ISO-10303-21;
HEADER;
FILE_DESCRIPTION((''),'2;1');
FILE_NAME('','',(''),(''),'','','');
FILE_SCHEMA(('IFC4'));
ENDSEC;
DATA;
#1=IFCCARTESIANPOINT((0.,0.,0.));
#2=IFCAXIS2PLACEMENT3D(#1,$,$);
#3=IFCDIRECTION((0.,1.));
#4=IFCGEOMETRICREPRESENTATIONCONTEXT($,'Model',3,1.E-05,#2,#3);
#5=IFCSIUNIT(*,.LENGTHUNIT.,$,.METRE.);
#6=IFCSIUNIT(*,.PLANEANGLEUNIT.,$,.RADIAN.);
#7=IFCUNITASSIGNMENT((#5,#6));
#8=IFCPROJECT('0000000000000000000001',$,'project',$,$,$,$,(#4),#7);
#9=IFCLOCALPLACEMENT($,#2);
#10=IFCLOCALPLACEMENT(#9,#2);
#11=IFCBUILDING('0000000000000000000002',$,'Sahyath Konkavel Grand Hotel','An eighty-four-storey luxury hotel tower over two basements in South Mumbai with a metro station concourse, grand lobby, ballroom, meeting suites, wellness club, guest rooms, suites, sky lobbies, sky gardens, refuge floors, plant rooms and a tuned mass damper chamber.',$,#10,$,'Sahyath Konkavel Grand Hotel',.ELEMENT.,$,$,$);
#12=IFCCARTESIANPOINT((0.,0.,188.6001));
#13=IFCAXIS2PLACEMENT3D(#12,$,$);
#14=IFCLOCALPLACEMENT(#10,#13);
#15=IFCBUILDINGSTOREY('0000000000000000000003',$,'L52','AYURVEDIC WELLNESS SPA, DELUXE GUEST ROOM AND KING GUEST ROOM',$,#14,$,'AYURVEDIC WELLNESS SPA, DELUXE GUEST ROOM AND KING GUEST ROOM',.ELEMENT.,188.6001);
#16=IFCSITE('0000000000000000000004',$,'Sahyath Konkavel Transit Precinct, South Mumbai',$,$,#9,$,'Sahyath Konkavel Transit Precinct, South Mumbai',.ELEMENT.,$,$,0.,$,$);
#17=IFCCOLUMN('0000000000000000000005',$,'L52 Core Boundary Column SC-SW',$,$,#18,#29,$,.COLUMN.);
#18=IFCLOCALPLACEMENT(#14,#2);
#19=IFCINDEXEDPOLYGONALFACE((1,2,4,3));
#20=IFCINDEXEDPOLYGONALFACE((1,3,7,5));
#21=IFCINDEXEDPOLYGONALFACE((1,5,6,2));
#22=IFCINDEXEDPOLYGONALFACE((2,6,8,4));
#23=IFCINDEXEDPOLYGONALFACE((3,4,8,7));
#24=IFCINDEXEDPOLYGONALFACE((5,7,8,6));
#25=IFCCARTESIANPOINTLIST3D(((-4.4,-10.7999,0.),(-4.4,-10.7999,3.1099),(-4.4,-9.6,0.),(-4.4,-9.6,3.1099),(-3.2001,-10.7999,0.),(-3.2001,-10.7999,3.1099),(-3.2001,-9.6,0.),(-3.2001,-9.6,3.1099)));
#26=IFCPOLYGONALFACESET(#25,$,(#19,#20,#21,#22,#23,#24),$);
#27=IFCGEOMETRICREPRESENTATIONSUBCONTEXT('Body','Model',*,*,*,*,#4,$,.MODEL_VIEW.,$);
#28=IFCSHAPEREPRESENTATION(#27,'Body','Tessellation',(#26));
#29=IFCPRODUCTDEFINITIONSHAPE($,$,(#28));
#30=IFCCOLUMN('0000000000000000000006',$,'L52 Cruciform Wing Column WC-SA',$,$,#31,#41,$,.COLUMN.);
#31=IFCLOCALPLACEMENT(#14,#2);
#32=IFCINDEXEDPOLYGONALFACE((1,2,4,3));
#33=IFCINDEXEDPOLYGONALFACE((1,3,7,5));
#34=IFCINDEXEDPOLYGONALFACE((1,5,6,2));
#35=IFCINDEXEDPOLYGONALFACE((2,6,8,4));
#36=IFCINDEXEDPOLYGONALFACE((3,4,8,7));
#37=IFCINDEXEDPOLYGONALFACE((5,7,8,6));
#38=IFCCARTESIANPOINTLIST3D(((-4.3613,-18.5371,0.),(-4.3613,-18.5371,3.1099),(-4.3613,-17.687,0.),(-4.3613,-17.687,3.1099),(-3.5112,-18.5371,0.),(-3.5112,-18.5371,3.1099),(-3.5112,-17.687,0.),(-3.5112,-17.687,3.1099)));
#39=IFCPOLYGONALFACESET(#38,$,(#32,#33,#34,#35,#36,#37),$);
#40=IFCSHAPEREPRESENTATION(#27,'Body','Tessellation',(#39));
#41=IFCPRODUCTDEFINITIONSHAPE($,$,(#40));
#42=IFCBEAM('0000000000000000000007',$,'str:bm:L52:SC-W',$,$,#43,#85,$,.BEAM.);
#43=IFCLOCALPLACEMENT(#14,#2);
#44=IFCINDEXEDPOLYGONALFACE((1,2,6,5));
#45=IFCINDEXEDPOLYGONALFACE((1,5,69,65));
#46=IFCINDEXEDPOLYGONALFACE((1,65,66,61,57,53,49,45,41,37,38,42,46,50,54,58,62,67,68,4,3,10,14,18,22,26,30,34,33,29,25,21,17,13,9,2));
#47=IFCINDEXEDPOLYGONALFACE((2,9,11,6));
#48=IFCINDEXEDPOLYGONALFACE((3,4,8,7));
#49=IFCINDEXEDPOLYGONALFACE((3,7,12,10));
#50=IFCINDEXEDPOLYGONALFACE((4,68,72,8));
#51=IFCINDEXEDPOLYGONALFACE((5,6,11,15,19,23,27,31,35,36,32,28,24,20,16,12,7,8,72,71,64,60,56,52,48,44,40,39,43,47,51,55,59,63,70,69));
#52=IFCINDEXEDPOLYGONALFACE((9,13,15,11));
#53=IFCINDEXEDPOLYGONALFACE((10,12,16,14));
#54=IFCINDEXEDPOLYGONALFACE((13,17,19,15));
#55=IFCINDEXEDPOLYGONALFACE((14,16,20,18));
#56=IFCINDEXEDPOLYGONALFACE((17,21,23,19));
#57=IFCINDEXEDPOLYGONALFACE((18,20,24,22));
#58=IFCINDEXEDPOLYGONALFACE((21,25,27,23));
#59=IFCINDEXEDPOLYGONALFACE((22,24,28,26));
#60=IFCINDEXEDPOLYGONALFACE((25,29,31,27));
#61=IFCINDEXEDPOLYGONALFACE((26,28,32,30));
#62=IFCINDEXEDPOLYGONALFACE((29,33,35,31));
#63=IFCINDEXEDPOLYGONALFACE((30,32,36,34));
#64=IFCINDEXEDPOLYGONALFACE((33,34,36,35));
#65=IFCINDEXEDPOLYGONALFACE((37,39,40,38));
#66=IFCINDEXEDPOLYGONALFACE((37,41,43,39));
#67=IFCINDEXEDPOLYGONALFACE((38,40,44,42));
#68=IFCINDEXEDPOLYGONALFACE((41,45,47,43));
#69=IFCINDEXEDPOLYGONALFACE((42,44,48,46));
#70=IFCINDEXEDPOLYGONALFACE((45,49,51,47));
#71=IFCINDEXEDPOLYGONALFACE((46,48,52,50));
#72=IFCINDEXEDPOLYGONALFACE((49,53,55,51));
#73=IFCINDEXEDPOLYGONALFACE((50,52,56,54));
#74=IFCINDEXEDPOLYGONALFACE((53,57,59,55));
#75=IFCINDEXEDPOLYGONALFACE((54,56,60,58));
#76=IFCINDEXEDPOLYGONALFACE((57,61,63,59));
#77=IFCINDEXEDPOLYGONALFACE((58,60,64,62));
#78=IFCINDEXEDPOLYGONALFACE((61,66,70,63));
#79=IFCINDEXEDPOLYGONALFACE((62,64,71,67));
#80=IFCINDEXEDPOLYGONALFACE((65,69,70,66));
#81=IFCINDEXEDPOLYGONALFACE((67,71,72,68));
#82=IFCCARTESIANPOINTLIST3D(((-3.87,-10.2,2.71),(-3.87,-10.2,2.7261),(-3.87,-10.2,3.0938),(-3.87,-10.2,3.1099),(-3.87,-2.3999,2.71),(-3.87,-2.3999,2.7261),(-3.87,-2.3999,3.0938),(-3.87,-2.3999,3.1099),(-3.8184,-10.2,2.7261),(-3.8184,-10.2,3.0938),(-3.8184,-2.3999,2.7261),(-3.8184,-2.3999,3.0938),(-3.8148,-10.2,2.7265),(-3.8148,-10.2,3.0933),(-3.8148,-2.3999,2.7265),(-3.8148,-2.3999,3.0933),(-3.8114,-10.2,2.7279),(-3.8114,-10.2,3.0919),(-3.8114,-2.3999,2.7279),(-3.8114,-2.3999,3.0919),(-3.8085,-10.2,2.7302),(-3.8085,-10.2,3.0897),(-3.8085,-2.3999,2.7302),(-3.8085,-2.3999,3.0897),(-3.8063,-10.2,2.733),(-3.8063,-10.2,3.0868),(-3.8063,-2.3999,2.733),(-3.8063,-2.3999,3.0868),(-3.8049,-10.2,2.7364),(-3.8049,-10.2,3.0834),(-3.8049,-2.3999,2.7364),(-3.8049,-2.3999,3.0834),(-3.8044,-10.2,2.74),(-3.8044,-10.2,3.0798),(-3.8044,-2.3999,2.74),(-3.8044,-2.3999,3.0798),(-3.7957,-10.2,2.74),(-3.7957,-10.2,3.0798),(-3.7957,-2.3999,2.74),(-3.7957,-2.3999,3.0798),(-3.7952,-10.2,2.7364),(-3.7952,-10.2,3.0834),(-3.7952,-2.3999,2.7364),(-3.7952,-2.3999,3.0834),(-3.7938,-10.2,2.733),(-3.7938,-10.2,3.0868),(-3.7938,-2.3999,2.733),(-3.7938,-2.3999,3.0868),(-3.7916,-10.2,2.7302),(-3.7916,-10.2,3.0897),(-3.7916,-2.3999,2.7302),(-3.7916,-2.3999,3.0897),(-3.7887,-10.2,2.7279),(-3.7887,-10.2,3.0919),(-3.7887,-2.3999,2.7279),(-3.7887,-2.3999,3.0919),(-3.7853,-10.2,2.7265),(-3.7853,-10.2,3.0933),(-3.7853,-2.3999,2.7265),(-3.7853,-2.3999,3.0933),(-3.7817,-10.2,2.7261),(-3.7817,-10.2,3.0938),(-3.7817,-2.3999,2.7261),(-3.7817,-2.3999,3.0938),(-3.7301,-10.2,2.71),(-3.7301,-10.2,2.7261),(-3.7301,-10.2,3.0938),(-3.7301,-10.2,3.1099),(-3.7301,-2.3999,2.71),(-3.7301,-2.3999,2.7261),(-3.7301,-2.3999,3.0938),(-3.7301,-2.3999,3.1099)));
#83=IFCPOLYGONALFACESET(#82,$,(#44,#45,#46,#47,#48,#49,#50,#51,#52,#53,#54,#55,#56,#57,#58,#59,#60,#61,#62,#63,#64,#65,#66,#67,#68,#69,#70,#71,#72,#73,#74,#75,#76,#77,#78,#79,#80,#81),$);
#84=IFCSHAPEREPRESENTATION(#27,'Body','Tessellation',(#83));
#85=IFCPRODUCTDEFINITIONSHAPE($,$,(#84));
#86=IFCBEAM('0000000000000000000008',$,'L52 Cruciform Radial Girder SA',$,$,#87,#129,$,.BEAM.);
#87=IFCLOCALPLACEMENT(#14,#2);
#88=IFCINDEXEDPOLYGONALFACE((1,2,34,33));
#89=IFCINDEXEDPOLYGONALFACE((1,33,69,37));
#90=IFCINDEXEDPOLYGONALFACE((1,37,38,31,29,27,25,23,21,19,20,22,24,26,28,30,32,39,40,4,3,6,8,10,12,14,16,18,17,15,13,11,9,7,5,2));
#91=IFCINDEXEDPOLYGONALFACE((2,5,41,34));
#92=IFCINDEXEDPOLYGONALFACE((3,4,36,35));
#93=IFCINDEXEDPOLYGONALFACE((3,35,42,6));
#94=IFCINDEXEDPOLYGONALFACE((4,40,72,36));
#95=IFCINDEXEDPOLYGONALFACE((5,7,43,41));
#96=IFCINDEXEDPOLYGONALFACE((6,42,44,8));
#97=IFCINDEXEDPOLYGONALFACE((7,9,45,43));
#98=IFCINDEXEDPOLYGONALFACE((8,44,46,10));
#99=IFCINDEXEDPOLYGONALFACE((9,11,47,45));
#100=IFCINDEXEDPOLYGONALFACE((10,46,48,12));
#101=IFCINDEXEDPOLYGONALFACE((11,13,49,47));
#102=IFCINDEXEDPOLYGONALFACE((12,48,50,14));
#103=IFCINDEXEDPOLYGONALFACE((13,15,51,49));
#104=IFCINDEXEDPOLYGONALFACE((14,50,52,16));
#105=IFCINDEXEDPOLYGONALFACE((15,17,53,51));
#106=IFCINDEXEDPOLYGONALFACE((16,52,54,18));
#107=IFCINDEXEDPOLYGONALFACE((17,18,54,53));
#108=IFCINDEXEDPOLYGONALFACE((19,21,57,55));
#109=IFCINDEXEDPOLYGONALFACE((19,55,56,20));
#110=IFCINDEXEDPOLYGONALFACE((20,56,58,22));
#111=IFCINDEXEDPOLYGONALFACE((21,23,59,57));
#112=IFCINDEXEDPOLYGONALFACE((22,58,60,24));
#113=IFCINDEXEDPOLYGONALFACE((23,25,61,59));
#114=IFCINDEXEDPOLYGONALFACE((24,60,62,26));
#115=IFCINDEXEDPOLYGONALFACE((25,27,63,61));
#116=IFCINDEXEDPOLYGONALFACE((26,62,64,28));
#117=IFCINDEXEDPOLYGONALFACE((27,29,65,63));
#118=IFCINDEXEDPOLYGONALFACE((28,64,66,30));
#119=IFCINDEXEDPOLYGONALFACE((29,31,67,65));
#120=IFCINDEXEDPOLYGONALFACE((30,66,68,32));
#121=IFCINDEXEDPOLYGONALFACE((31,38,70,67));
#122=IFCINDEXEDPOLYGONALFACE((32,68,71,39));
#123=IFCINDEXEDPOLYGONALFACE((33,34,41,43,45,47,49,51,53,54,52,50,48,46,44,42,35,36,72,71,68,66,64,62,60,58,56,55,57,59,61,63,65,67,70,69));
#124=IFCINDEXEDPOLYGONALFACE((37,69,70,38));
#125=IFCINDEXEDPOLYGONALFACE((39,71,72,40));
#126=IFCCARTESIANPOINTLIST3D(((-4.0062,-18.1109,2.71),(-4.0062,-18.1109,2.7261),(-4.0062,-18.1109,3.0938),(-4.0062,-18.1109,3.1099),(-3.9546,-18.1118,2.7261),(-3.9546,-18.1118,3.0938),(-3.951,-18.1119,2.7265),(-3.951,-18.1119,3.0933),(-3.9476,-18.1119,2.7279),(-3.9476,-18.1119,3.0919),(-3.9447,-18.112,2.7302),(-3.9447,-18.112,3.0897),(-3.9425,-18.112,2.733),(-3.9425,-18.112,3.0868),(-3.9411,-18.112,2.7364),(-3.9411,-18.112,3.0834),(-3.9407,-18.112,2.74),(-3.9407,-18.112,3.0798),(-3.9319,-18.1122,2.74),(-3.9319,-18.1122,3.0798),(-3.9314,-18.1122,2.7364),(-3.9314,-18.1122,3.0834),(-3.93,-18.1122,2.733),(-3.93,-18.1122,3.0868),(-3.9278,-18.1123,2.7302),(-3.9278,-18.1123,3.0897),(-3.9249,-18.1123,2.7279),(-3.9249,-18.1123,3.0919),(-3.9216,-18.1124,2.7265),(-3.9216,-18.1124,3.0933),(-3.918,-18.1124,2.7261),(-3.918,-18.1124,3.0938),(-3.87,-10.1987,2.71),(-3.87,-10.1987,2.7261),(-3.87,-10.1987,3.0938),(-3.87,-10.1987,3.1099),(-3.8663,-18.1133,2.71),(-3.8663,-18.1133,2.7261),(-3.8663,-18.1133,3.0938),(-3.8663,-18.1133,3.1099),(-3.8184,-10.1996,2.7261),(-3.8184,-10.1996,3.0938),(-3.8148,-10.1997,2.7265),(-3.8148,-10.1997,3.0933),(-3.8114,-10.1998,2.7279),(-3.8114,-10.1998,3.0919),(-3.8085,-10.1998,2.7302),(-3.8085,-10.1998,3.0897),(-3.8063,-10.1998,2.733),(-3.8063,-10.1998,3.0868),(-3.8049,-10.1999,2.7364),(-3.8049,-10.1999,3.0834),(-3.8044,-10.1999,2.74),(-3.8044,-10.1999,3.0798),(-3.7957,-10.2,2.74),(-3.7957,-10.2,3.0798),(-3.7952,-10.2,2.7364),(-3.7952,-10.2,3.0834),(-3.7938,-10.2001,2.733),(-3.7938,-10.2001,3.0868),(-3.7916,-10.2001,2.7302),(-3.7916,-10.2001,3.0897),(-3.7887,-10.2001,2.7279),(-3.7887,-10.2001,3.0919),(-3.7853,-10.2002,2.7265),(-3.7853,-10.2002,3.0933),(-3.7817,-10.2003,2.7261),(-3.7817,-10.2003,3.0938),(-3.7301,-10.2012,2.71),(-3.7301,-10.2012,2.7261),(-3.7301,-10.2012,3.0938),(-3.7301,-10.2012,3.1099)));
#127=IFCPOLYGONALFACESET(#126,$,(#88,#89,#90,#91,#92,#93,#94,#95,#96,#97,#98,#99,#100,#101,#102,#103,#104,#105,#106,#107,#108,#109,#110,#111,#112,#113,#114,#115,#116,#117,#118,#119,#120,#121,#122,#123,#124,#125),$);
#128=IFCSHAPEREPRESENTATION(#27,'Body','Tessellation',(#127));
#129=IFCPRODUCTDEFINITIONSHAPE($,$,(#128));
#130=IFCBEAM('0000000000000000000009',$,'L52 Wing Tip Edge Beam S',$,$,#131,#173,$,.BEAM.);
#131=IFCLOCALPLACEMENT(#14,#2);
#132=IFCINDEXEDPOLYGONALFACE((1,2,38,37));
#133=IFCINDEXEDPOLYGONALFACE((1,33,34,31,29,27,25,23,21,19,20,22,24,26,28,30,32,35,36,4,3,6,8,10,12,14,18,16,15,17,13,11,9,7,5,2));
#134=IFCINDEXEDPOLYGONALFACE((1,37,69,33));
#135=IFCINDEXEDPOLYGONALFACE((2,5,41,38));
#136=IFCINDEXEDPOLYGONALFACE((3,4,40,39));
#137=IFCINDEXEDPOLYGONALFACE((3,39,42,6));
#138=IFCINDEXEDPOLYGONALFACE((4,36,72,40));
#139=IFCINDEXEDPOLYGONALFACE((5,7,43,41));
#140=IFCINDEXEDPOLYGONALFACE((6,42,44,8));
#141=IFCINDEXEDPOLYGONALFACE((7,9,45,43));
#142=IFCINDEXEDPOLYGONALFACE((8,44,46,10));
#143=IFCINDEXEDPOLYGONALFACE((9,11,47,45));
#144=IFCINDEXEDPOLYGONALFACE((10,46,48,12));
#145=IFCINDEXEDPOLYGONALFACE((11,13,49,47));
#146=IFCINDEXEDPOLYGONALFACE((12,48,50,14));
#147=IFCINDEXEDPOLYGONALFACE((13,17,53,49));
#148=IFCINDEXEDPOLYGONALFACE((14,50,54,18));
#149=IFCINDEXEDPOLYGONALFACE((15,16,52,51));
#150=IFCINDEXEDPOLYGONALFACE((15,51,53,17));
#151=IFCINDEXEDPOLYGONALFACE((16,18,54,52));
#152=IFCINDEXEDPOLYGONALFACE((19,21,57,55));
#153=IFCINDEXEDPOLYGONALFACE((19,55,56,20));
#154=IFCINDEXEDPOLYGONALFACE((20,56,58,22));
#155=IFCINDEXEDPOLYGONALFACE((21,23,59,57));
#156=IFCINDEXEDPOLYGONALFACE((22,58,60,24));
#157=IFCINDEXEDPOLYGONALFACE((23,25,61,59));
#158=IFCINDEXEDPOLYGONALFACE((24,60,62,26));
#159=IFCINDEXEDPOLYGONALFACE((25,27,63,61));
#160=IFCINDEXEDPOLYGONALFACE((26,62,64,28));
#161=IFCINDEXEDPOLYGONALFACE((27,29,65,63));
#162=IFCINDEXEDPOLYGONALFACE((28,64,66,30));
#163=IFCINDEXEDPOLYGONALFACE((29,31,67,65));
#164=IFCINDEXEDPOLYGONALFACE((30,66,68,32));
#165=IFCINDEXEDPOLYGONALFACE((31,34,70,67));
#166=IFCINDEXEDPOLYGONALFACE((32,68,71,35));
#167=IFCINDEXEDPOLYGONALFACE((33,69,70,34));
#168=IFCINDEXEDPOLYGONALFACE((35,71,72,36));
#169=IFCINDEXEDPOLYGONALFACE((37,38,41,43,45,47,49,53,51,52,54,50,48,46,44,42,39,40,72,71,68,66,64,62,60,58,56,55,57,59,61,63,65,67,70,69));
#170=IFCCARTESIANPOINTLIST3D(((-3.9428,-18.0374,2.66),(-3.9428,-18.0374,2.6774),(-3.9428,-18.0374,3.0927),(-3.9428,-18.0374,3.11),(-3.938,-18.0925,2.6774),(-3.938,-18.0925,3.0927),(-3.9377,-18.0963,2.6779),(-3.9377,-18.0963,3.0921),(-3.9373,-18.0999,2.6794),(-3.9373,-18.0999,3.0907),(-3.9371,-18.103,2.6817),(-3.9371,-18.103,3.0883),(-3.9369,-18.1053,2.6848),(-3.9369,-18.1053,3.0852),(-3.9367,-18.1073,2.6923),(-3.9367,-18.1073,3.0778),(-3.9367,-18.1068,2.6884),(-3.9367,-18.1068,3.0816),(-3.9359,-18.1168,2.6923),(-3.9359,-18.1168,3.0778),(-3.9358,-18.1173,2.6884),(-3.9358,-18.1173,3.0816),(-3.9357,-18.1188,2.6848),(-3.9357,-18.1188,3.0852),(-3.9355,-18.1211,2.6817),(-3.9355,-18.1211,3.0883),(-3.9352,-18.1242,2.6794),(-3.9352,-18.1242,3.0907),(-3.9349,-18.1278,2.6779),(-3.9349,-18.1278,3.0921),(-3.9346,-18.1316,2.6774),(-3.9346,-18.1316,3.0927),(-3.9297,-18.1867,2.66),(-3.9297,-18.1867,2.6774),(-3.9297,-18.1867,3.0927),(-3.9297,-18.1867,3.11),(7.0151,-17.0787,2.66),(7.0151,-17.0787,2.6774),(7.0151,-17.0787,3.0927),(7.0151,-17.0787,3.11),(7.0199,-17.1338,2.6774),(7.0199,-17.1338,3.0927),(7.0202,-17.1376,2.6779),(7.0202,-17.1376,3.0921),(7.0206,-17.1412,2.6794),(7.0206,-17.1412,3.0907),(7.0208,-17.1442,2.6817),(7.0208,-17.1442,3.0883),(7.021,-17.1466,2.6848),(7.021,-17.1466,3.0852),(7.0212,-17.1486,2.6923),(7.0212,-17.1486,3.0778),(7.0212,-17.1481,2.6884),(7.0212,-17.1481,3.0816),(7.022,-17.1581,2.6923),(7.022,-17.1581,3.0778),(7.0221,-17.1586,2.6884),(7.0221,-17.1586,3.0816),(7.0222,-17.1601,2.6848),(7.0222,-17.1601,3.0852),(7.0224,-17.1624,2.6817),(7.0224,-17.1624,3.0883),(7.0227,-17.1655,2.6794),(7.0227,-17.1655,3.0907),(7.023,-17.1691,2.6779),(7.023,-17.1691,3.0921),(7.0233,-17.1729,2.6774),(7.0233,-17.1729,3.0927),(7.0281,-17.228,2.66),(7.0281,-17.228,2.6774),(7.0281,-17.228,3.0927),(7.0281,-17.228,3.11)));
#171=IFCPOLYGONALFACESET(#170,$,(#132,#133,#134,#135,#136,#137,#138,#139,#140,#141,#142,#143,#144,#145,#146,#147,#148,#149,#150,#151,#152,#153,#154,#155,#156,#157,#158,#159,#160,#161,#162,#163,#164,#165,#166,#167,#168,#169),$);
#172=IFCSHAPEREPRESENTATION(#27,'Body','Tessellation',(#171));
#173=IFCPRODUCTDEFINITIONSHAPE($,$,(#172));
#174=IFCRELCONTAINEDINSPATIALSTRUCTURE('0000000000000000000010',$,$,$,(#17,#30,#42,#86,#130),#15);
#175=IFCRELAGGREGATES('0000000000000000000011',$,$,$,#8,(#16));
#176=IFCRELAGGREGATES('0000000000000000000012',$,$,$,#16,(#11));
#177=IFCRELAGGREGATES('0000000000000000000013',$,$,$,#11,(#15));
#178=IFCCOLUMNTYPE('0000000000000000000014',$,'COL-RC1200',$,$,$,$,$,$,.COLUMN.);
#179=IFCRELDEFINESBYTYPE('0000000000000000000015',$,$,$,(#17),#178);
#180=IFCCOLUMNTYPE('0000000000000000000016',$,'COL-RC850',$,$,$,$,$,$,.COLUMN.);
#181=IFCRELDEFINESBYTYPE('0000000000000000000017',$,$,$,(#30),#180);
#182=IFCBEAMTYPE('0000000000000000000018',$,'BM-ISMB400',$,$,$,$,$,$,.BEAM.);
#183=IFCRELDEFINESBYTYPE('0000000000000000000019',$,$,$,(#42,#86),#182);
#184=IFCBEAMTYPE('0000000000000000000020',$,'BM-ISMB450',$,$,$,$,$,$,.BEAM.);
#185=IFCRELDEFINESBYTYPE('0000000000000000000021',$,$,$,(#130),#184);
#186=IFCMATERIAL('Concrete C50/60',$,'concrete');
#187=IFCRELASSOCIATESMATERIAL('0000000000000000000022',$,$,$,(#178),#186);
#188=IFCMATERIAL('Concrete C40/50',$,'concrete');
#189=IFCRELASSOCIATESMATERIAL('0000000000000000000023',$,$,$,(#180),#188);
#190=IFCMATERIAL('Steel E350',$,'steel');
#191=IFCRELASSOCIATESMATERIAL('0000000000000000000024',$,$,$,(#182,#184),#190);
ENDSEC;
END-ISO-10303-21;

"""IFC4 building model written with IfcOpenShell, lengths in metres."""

from ifc_helpers import new_model, si_unit, direction, frame, origin, origin_2d, place, context, subcontext, project, spatial, rectangle, i_section, extrude, source, transform, mapped, material, material_profile, profile_set, type_object, element, save


model = new_model("IFC4")

# Units and contexts
model_context = context("Model", 3, precision=1e-05, world=origin(), true_north=direction((0.0, 1.0)))
body_context = subcontext(model_context, "Body", "Model", "MODEL_VIEW")
ifc_project = project(units=[si_unit("LENGTHUNIT", "METRE"), si_unit("PLANEANGLEUNIT", "RADIAN")], contexts=[model_context])

# Site, building, storey
site_placement = place(None, origin())
site = spatial("IfcSite", under=ifc_project, at=site_placement, Name="Sahyath Konkavel Transit Precinct, South Mumbai", LongName="Sahyath Konkavel Transit Precinct, South Mumbai", CompositionType="ELEMENT", RefElevation=0.0)
building_placement = place(site_placement, origin())
building = spatial("IfcBuilding", under=site, at=building_placement, Name="Sahyath Konkavel Grand Hotel", Description="An eighty-four-storey luxury hotel tower over two basements in South Mumbai with a metro station concourse, grand lobby, ballroom, meeting suites, wellness club, guest rooms, suites, sky lobbies, sky gardens, refuge floors, plant rooms and a tuned mass damper chamber.", LongName="Sahyath Konkavel Grand Hotel", CompositionType="ELEMENT")
storey_placement = place(building_placement, frame((0.0, 0.0, 188.6001)))
storey = spatial("IfcBuildingStorey", under=building, at=storey_placement, Name="L52", Description="AYURVEDIC WELLNESS SPA, DELUXE GUEST ROOM AND KING GUEST ROOM", LongName="AYURVEDIC WELLNESS SPA, DELUXE GUEST ROOM AND KING GUEST ROOM", CompositionType="ELEMENT", Elevation=188.6001)

# Columns
ifc_material_1 = material(Name="Concrete C50/60", Category="concrete")
ifc_material_profile_1 = material_profile(ifc_material_1, rectangle(XDim=1.2, YDim=1.2, at=origin_2d()), Name="RC 1200x1200")
ifc_profile_set_1 = profile_set([ifc_material_profile_1], Name="Concrete C50/60")
column_type_1 = type_object("IfcColumnType", Name="COL-RC1200", PredefinedType="COLUMN", material=ifc_profile_set_1)
shared_shape_1 = source(origin(), body_context, "Body", "SweptSolid", [
    extrude(rectangle(XDim=1.2, YDim=1.2, at=origin_2d()), origin(), (0.0, 0.0, 1.0), 3.1099),
])
column_1_placement = place(storey_placement, frame((-3.8, -10.2, 0.0), z_axis=(0.0, 0.0, 1.0), x_axis=(1.0, 0.0, 0.0)))
element("IfcColumn", 1, at=column_1_placement, inside=storey, type_object=column_type_1, Name="L52 Core Boundary Column SC-SW", PredefinedType="COLUMN", context=body_context, shape_type="MappedRepresentation", body=[
    mapped(shared_shape_1, transform((0.0, 0.0, 0.0), scale=1.0)),
])
ifc_material_2 = material(Name="Concrete C40/50", Category="concrete")
ifc_material_profile_2 = material_profile(ifc_material_2, rectangle(XDim=0.8501, YDim=0.8501, at=origin_2d()), Name="RC 850x850")
ifc_profile_set_2 = profile_set([ifc_material_profile_2], Name="Concrete C40/50")
column_type_2 = type_object("IfcColumnType", Name="COL-RC850", PredefinedType="COLUMN", material=ifc_profile_set_2)
shared_shape_2 = source(origin(), body_context, "Body", "SweptSolid", [
    extrude(rectangle(XDim=0.8501, YDim=0.8501, at=origin_2d()), origin(), (0.0, 0.0, 1.0), 3.1099),
])
column_2_placement = place(storey_placement, frame((-3.9363, -18.1121, 0.0), z_axis=(0.0, 0.0, 1.0), x_axis=(1.0, 0.0, 0.0)))
element("IfcColumn", 2, at=column_2_placement, inside=storey, type_object=column_type_2, Name="L52 Cruciform Wing Column WC-SA", PredefinedType="COLUMN", context=body_context, shape_type="MappedRepresentation", body=[
    mapped(shared_shape_2, transform((0.0, 0.0, 0.0), scale=1.0)),
])

# Beams
ifc_material_3 = material(Name="Steel E350", Category="steel")
ifc_material_profile_3 = material_profile(ifc_material_3, i_section(OverallWidth=0.1399, OverallDepth=0.3999, WebThickness=0.0088, FlangeThickness=0.0161, FilletRadius=0.0139, at=origin_2d()), Name="ISMB 400")
ifc_profile_set_3 = profile_set([ifc_material_profile_3], Name="Steel E350")
beam_type_1 = type_object("IfcBeamType", Name="BM-ISMB400", PredefinedType="BEAM", material=ifc_profile_set_3)
shared_shape_3 = source(origin(), body_context, "Body", "SweptSolid", [
    extrude(i_section(OverallWidth=0.1399, OverallDepth=0.3999, WebThickness=0.0088, FlangeThickness=0.0161, FilletRadius=0.0139, at=origin_2d()), origin(), (0.0, 0.0, 1.0), 7.8),
])
beam_1_placement = place(storey_placement, frame((-3.8, -10.2, 2.9099), z_axis=(0.0, 1.0, 0.0), x_axis=(-1.0, 0.0, 0.0)))
element("IfcBeam", 3, at=beam_1_placement, inside=storey, type_object=beam_type_1, Name="str:bm:L52:SC-W", PredefinedType="BEAM", context=body_context, shape_type="MappedRepresentation", body=[
    mapped(shared_shape_3, transform((0.0, 0.0, 0.0), scale=1.0)),
])
shared_shape_4 = source(origin(), body_context, "Body", "SweptSolid", [
    extrude(i_section(OverallWidth=0.1399, OverallDepth=0.3999, WebThickness=0.0088, FlangeThickness=0.0161, FilletRadius=0.0139, at=origin_2d()), origin(), (0.0, 0.0, 1.0), 7.9133),
])
beam_2_placement = place(storey_placement, frame((-3.8, -10.2, 2.9099), z_axis=(-0.017215, -0.999852, 0.0), x_axis=(0.999852, -0.017215, 0.0)))
element("IfcBeam", 4, at=beam_2_placement, inside=storey, type_object=beam_type_1, Name="L52 Cruciform Radial Girder SA", PredefinedType="BEAM", context=body_context, shape_type="MappedRepresentation", body=[
    mapped(shared_shape_4, transform((0.0, 0.0, 0.0), scale=1.0)),
])
ifc_material_profile_4 = material_profile(ifc_material_3, i_section(OverallWidth=0.1499, OverallDepth=0.45, WebThickness=0.0095, FlangeThickness=0.0173, FilletRadius=0.0149, at=origin_2d()), Name="ISMB 450")
ifc_profile_set_4 = profile_set([ifc_material_profile_4], Name="Steel E350")
beam_type_2 = type_object("IfcBeamType", Name="BM-ISMB450", PredefinedType="BEAM", material=ifc_profile_set_4)
shared_shape_5 = source(origin(), body_context, "Body", "SweptSolid", [
    extrude(i_section(OverallWidth=0.1499, OverallDepth=0.45, WebThickness=0.0095, FlangeThickness=0.0173, FilletRadius=0.0149, at=origin_2d()), origin(), (0.0, 0.0, 1.0), 10.9998),
])
beam_3_placement = place(storey_placement, frame((-3.9363, -18.1121, 2.885), z_axis=(0.996194, 0.087159, 0.0), x_axis=(-0.087159, 0.996194, 0.0)))
element("IfcBeam", 5, at=beam_3_placement, inside=storey, type_object=beam_type_2, Name="L52 Wing Tip Edge Beam S", PredefinedType="BEAM", context=body_context, shape_type="MappedRepresentation", body=[
    mapped(shared_shape_5, transform((0.0, 0.0, 0.0), scale=1.0)),
])

save(model, "model.ifc")
